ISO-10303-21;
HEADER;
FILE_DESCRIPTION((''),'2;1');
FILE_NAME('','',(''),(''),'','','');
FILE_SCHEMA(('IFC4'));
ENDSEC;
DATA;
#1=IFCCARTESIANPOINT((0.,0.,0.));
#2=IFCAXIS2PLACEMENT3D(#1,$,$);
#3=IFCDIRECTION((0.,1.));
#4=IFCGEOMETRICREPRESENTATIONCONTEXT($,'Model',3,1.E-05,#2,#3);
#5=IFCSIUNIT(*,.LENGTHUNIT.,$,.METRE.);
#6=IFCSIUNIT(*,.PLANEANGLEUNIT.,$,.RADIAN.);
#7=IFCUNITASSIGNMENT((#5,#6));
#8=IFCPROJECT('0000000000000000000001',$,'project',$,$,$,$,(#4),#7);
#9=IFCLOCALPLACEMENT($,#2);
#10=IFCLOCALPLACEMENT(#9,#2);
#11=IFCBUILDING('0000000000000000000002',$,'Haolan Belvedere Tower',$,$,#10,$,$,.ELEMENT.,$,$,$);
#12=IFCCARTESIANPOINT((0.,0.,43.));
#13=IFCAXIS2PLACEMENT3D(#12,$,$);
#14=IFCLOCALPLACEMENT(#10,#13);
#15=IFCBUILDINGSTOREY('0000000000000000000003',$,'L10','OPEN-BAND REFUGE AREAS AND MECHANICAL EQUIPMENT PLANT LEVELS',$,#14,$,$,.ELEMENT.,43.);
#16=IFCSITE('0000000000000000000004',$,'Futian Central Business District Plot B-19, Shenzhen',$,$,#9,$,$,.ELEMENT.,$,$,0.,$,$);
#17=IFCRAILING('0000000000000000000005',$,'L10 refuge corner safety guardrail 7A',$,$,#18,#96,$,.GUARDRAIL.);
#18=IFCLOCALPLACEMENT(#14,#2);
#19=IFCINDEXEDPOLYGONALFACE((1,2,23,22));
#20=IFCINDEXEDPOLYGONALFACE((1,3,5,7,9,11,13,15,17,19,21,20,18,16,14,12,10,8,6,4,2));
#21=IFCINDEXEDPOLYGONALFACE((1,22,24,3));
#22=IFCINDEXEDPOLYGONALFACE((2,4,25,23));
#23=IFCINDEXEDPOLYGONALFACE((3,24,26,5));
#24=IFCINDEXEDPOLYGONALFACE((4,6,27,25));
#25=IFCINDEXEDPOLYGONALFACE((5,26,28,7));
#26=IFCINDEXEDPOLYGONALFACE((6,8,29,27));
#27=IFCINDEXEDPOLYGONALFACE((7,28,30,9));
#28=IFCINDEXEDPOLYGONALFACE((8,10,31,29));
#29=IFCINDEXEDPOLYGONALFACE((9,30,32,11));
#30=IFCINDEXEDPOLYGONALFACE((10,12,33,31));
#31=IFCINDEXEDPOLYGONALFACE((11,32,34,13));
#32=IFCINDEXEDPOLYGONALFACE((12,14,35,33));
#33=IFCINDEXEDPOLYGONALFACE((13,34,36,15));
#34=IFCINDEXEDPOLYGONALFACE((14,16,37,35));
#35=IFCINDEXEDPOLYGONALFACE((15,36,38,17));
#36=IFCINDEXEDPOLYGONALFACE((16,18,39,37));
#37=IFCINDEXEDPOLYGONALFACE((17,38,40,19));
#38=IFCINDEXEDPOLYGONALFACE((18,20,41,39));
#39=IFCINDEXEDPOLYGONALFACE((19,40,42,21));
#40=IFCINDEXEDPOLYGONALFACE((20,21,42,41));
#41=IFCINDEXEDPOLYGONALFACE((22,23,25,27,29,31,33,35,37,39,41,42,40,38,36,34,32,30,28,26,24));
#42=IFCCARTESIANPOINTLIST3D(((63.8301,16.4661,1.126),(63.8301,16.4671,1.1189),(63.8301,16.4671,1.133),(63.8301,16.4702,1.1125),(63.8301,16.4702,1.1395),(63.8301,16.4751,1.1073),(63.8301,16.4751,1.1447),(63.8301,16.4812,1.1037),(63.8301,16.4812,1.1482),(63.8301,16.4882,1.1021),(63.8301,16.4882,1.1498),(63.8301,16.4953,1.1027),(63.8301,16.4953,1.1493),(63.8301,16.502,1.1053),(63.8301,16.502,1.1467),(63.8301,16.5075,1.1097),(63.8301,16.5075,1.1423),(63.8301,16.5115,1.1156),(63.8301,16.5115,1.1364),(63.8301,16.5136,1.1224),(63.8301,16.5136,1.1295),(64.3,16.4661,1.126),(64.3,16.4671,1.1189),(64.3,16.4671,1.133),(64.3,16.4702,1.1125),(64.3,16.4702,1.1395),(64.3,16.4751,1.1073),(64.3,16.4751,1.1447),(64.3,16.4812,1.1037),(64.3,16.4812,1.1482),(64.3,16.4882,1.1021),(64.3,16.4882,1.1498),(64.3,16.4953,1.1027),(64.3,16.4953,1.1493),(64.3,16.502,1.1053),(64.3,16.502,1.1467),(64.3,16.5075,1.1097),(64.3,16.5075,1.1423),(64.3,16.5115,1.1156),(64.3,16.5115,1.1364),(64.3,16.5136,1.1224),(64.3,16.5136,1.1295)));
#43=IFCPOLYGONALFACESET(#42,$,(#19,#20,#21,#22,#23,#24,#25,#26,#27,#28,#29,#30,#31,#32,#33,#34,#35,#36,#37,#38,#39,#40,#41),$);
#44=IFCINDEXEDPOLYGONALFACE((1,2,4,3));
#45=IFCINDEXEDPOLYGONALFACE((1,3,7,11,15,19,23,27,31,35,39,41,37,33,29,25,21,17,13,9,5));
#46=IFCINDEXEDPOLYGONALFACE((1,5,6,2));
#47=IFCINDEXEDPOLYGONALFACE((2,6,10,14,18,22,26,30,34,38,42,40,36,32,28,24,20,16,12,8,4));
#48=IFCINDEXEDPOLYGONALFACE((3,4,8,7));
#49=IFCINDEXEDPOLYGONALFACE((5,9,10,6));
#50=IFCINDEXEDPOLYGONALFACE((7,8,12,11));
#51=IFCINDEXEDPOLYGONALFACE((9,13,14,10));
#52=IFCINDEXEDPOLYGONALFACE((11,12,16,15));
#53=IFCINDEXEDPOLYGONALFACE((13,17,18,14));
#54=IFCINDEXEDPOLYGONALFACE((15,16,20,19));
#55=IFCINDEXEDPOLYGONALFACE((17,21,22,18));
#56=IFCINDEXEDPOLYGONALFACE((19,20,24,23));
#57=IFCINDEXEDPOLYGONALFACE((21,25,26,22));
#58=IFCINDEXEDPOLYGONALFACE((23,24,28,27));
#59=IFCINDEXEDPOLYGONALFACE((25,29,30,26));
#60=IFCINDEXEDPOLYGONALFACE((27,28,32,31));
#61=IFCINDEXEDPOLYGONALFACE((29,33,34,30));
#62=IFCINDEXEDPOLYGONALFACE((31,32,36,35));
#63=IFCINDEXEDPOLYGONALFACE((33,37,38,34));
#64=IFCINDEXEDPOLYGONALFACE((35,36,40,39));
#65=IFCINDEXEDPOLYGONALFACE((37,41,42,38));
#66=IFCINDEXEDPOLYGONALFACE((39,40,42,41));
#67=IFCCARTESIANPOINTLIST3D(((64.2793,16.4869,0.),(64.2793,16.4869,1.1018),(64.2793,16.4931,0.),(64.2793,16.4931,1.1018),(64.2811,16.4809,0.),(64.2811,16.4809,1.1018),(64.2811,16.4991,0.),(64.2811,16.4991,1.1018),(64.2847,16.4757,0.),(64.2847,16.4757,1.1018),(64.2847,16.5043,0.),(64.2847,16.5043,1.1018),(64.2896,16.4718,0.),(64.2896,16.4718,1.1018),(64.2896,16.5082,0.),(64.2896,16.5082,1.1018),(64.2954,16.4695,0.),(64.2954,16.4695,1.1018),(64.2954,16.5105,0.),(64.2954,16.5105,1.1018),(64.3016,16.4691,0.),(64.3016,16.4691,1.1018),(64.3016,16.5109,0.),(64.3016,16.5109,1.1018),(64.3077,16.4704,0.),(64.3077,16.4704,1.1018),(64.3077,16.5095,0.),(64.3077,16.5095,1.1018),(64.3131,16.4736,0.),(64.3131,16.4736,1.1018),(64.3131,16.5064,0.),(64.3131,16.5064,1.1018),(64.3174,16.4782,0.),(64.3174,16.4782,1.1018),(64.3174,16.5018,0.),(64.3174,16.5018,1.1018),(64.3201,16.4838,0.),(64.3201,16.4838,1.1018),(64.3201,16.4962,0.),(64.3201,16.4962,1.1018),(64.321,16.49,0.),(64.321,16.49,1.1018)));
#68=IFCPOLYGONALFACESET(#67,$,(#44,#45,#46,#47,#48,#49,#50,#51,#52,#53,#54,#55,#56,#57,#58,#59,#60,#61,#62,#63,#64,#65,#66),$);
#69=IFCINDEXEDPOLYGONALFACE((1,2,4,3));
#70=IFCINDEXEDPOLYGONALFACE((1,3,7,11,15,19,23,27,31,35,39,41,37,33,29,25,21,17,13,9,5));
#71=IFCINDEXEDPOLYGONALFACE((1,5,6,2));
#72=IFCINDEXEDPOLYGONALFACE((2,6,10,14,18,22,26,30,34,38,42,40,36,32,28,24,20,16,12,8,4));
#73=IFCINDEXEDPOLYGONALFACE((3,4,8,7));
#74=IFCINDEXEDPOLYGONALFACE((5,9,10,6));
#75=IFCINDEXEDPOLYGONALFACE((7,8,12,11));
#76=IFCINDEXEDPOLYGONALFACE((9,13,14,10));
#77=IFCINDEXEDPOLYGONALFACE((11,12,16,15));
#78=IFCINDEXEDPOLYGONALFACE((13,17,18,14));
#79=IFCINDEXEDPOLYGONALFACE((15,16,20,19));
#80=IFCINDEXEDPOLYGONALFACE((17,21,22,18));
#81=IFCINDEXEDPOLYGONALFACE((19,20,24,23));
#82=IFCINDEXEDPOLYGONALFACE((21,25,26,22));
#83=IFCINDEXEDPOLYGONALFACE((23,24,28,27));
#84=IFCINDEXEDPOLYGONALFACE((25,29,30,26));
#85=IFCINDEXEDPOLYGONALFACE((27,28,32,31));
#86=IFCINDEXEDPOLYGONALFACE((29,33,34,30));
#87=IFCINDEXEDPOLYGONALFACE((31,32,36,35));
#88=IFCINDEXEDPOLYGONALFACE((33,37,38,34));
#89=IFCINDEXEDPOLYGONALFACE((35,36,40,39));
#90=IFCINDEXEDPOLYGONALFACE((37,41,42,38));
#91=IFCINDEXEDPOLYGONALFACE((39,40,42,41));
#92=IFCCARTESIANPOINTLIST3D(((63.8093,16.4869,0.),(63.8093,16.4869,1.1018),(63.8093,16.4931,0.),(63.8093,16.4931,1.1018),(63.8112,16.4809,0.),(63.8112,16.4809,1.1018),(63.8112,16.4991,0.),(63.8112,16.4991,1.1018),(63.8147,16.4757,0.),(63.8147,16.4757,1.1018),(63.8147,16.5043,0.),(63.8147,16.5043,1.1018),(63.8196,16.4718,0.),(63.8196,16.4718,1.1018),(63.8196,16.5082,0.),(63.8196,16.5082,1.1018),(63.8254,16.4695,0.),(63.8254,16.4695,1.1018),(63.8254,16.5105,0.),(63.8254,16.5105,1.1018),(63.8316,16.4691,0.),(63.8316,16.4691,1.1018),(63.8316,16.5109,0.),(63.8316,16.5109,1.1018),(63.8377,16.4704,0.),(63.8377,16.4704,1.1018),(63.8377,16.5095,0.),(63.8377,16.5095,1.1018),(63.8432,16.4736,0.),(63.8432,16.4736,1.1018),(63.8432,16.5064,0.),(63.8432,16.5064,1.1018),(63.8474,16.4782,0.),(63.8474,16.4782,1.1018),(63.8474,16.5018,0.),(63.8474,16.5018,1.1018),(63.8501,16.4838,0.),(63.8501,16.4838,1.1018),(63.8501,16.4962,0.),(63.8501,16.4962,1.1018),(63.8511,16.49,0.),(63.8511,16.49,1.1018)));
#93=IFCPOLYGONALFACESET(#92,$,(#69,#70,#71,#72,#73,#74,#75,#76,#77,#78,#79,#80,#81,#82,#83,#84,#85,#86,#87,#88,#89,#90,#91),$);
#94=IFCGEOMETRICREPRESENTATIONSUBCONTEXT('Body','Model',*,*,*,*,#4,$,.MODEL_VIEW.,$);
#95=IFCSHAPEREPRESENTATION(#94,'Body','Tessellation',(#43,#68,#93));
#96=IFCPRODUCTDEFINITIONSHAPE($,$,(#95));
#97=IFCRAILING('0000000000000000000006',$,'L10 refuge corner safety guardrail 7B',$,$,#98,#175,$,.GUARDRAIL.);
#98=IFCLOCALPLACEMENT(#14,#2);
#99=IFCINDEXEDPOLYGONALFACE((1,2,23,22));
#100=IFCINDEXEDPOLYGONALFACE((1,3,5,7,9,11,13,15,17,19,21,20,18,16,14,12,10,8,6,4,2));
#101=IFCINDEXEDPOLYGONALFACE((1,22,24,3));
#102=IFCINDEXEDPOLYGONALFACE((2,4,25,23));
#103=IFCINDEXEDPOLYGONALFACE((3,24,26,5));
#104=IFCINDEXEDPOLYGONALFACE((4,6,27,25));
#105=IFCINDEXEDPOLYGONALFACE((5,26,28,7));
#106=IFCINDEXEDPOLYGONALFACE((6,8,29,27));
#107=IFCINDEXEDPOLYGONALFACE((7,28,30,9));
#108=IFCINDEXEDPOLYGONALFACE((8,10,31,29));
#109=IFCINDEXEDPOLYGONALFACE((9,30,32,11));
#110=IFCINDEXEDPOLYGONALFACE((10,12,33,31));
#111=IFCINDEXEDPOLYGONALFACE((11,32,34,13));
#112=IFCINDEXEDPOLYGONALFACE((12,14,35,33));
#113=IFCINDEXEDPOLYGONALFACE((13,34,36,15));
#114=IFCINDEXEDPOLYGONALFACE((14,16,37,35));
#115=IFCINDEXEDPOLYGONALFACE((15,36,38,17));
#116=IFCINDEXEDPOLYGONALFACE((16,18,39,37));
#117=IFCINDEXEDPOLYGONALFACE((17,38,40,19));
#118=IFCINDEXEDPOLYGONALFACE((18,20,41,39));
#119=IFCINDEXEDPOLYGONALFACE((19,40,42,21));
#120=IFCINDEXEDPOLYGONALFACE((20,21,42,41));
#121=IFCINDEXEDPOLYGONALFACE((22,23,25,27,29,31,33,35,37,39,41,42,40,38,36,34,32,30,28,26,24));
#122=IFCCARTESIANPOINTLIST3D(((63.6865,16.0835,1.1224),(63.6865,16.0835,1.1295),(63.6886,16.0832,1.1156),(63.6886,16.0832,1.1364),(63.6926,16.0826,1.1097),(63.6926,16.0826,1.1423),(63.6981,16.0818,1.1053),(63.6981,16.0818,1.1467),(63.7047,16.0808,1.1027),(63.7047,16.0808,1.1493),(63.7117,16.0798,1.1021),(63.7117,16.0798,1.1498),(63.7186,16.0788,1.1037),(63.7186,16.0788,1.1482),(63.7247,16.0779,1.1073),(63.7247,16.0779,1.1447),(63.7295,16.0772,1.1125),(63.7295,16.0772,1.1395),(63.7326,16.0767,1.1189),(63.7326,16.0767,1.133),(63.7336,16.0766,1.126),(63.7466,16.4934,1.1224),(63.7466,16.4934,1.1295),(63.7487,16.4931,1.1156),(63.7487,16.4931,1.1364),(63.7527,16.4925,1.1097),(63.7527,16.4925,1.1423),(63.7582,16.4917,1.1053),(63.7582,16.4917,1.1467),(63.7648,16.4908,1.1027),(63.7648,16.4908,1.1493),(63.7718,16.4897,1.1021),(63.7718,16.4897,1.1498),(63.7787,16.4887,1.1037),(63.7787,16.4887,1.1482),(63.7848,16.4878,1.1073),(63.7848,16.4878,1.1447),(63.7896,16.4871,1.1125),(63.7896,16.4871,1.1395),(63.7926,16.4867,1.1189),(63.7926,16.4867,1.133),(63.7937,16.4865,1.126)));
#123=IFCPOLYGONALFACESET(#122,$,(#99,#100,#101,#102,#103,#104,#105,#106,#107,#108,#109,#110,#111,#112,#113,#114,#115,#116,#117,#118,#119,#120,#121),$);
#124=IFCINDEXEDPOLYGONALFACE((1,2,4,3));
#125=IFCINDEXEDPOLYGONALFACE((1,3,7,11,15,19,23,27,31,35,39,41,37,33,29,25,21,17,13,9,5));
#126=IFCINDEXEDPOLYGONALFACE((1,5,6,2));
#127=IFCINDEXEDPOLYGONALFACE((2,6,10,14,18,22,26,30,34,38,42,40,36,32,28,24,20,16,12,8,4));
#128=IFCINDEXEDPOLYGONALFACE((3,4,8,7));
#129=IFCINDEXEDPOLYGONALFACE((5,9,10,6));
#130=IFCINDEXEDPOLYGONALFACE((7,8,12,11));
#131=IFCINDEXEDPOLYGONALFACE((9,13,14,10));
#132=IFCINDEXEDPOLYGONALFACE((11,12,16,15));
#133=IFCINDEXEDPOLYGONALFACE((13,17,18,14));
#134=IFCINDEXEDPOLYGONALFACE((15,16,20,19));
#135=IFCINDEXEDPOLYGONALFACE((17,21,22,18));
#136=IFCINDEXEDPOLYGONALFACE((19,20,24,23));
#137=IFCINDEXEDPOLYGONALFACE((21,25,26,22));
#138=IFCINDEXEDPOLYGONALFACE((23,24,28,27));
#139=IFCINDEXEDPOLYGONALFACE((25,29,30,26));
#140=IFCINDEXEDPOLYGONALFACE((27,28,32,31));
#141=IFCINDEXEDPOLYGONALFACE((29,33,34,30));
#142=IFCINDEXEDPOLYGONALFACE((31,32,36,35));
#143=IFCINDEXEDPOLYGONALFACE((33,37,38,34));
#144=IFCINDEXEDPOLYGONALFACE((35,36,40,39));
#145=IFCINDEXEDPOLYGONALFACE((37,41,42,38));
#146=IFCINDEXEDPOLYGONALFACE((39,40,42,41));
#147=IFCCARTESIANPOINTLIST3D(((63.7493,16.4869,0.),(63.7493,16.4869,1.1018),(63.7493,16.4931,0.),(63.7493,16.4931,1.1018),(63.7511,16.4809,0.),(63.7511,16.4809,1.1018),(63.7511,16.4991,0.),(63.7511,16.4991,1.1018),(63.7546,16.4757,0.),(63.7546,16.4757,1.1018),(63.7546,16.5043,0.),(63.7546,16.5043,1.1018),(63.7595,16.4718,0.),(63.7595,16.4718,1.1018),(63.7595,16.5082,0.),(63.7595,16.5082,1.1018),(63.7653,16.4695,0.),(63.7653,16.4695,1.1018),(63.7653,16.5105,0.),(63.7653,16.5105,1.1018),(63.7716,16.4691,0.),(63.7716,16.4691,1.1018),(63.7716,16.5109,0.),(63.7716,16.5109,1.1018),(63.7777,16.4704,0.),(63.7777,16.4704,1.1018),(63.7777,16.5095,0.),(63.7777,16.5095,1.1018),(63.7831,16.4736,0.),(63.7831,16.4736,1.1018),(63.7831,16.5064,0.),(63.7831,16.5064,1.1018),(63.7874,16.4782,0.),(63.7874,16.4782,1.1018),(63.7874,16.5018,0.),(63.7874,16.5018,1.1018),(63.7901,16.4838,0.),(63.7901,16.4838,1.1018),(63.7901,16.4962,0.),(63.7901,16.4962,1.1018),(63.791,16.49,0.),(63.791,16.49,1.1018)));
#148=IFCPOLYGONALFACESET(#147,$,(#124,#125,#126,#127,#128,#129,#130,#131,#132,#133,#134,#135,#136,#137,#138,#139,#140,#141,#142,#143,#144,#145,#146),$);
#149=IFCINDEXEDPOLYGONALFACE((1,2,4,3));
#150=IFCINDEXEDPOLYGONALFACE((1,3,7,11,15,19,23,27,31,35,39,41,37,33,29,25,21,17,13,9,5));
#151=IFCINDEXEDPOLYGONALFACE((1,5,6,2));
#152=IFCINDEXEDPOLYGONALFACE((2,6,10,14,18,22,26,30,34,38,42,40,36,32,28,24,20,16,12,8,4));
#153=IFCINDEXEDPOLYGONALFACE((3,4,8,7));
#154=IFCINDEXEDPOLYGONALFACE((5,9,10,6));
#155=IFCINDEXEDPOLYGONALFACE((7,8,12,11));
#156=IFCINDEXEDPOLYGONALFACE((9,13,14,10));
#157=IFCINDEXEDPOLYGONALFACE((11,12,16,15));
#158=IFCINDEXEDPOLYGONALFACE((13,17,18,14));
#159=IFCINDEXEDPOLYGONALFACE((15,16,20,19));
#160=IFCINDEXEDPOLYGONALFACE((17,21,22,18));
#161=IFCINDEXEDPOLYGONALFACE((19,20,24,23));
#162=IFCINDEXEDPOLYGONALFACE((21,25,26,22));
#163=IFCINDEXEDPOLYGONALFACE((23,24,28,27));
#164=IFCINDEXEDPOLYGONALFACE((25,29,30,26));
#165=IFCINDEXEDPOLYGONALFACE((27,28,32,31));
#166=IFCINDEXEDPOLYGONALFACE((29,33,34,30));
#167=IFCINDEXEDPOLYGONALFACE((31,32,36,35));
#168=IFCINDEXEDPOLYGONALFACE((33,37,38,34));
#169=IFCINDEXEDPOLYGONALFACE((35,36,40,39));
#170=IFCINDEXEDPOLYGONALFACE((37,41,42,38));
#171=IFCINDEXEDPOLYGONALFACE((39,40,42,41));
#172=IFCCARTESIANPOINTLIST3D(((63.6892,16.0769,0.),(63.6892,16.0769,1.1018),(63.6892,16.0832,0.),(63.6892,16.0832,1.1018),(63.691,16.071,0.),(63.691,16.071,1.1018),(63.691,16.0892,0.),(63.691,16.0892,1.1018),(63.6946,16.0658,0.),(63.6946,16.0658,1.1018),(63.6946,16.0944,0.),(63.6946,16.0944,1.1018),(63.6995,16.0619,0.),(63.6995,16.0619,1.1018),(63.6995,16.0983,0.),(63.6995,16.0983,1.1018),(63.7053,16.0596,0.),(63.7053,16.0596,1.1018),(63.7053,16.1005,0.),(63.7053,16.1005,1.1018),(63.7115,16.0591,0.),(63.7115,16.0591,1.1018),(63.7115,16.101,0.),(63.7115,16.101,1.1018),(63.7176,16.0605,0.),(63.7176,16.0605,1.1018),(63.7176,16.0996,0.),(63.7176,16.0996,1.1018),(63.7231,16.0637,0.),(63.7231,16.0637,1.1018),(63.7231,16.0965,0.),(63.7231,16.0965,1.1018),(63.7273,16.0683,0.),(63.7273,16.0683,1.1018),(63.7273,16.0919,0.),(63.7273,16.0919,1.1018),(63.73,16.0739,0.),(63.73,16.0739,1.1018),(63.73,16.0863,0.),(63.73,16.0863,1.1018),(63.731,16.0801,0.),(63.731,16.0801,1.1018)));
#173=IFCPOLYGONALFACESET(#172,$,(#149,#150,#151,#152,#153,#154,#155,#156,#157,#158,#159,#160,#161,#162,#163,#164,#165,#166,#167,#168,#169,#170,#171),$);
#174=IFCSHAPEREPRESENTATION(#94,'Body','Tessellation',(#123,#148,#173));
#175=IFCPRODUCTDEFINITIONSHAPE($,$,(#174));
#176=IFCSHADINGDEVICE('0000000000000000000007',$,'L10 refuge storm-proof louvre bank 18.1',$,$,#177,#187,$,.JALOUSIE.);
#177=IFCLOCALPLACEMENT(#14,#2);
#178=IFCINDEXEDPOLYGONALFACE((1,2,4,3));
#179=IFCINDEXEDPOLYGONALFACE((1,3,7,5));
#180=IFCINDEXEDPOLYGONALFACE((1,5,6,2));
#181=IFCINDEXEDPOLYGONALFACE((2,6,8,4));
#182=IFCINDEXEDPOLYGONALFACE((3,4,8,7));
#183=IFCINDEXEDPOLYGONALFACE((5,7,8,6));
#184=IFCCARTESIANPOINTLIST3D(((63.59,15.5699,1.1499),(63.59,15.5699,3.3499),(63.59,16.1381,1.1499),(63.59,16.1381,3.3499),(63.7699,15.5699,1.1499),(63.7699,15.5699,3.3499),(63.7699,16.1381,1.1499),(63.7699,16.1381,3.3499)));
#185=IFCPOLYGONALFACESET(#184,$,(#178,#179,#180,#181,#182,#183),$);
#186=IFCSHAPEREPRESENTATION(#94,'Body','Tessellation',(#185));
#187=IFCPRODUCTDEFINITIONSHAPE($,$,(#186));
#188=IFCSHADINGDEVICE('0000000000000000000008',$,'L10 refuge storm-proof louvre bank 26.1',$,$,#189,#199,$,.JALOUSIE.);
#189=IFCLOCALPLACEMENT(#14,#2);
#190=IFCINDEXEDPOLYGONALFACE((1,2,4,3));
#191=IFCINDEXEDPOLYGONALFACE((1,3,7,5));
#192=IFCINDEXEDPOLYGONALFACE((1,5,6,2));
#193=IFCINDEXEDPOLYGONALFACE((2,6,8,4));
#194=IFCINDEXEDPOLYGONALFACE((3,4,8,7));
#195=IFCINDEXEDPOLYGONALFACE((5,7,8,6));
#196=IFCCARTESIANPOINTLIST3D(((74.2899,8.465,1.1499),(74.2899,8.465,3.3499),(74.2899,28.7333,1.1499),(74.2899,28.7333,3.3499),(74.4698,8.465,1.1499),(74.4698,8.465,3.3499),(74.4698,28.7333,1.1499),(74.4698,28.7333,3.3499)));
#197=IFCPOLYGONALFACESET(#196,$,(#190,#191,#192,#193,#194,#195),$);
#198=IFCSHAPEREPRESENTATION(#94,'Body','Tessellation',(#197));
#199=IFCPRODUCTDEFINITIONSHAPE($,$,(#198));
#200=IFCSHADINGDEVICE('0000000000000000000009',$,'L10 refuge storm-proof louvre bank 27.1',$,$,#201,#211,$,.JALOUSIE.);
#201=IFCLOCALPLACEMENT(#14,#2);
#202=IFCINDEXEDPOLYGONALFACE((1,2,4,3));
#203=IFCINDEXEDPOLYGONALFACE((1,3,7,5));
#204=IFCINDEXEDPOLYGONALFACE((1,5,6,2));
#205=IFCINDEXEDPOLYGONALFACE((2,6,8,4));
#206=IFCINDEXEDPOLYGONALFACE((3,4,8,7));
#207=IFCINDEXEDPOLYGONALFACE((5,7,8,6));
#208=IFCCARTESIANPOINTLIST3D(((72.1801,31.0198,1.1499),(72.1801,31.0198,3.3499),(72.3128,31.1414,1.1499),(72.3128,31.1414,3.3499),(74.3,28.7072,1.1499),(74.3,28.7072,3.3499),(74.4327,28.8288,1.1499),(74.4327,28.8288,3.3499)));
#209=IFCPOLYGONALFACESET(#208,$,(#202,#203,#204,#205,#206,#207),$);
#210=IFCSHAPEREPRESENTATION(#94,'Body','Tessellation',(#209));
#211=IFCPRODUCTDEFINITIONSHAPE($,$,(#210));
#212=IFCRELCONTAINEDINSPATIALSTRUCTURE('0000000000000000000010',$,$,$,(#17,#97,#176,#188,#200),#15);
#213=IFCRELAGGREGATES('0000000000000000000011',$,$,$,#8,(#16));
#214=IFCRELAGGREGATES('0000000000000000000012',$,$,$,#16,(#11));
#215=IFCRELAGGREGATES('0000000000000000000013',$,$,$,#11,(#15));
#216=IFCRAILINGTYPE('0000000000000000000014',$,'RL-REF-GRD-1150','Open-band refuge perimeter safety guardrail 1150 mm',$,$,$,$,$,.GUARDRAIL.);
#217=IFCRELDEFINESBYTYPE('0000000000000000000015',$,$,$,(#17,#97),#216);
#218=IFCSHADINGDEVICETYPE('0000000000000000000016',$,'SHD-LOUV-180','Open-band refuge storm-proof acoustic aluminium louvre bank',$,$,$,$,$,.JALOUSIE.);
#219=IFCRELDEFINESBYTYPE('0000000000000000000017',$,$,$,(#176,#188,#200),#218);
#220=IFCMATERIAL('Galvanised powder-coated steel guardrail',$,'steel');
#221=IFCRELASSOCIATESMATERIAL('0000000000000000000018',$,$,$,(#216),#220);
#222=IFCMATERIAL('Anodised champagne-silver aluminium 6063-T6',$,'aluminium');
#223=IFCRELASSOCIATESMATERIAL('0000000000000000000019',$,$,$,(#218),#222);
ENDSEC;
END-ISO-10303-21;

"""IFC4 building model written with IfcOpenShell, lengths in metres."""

from ifc_helpers import new_model, si_unit, direction, frame, origin, origin_2d, place, context, subcontext, project, spatial, rectangle, circle, extrude, material, type_object, element, save


model = new_model("IFC4")

# Units and contexts
model_context = context("Model", 3, precision=1e-05, world=origin(), true_north=direction((0.0, 1.0)))
body_context = subcontext(model_context, "Body", "Model", "MODEL_VIEW")
ifc_project = project(units=[si_unit("LENGTHUNIT", "METRE"), si_unit("PLANEANGLEUNIT", "RADIAN")], contexts=[model_context])

# Site, building, storey
site_placement = place(None, origin())
site = spatial("IfcSite", under=ifc_project, at=site_placement, Name="Futian Central Business District Plot B-19, Shenzhen", CompositionType="ELEMENT", RefElevation=0.0)
building_placement = place(site_placement, origin())
building = spatial("IfcBuilding", under=site, at=building_placement, Name="Haolan Belvedere Tower", CompositionType="ELEMENT")
storey_placement = place(building_placement, frame((0.0, 0.0, 43.0)))
storey = spatial("IfcBuildingStorey", under=building, at=storey_placement, Name="L10", Description="OPEN-BAND REFUGE AREAS AND MECHANICAL EQUIPMENT PLANT LEVELS", CompositionType="ELEMENT", Elevation=43.0)

# Railings
ifc_material_1 = material(Name="Galvanised powder-coated steel guardrail", Category="steel")
railing_type = type_object("IfcRailingType", Name="RL-REF-GRD-1150", Description="Open-band refuge perimeter safety guardrail 1150 mm", PredefinedType="GUARDRAIL", material=ifc_material_1)
railing_1_placement = place(storey_placement, frame((64.3, 16.49, 0.0)))
element("IfcRailing", 1, at=railing_1_placement, inside=storey, type_object=railing_type, Name="L10 refuge corner safety guardrail 7A", PredefinedType="GUARDRAIL", context=body_context, shape_type="SweptSolid", body=[
    extrude(circle(Radius=0.0239, at=origin_2d()), frame((0.0, 0.0, 1.126), z_axis=(-1.0, 0.0, 0.0), x_axis=(0.0, -1.0, 0.0)), (0.0, 0.0, 1.0), 0.47),
    extrude(circle(Radius=0.021, at=origin_2d()), origin(), (0.0, 0.0, 1.0), 1.1018),
    extrude(circle(Radius=0.021, at=origin_2d()), frame((-0.47, 0.0, 0.0)), (0.0, 0.0, 1.0), 1.1018),
])
railing_2_placement = place(storey_placement, frame((63.77, 16.49, 0.0)))
element("IfcRailing", 2, at=railing_2_placement, inside=storey, type_object=railing_type, Name="L10 refuge corner safety guardrail 7B", PredefinedType="GUARDRAIL", context=body_context, shape_type="SweptSolid", body=[
    extrude(circle(Radius=0.0239, at=origin_2d()), frame((0.0, 0.0, 1.126), z_axis=(-0.144968, -0.989436, 0.0), x_axis=(0.989436, -0.144968, 0.0)), (0.0, 0.0, 1.0), 0.4143),
    extrude(circle(Radius=0.021, at=origin_2d()), origin(), (0.0, 0.0, 1.0), 1.1018),
    extrude(circle(Radius=0.021, at=origin_2d()), frame((-0.0601, -0.4099, 0.0)), (0.0, 0.0, 1.0), 1.1018),
])

# Shading devices
ifc_material_2 = material(Name="Anodised champagne-silver aluminium 6063-T6", Category="aluminium")
shading_device_type = type_object("IfcShadingDeviceType", Name="SHD-LOUV-180", Description="Open-band refuge storm-proof acoustic aluminium louvre bank", PredefinedType="JALOUSIE", material=ifc_material_2)
shading_device_1_placement = place(storey_placement, frame((63.6799, 15.854, 1.1499), z_axis=(0.0, 0.0, 1.0), x_axis=(0.0, 1.0, 0.0)))
element("IfcShadingDevice", 3, at=shading_device_1_placement, inside=storey, type_object=shading_device_type, Name="L10 refuge storm-proof louvre bank 18.1", PredefinedType="JALOUSIE", context=body_context, shape_type="SweptSolid", body=[
    extrude(rectangle(XDim=0.5681, YDim=0.1799, at=origin_2d()), origin(), (0.0, 0.0, 1.0), 2.2),
])
shading_device_2_placement = place(storey_placement, frame((74.3799, 18.5991, 1.1499), z_axis=(0.0, 0.0, 1.0), x_axis=(0.0, 1.0, 0.0)))
element("IfcShadingDevice", 4, at=shading_device_2_placement, inside=storey, type_object=shading_device_type, Name="L10 refuge storm-proof louvre bank 26.1", PredefinedType="JALOUSIE", context=body_context, shape_type="SweptSolid", body=[
    extrude(rectangle(XDim=20.2683, YDim=0.1799, at=origin_2d()), origin(), (0.0, 0.0, 1.0), 2.2),
])
shading_device_3_placement = place(storey_placement, frame((73.3064, 29.9243, 1.1499), z_axis=(0.0, 0.0, 1.0), x_axis=(-0.675719, 0.737159, 0.0)))
element("IfcShadingDevice", 5, at=shading_device_3_placement, inside=storey, type_object=shading_device_type, Name="L10 refuge storm-proof louvre bank 27.1", PredefinedType="JALOUSIE", context=body_context, shape_type="SweptSolid", body=[
    extrude(rectangle(XDim=3.1372, YDim=0.1799, at=origin_2d()), origin(), (0.0, 0.0, 1.0), 2.2),
])

save(model, "model.ifc")
